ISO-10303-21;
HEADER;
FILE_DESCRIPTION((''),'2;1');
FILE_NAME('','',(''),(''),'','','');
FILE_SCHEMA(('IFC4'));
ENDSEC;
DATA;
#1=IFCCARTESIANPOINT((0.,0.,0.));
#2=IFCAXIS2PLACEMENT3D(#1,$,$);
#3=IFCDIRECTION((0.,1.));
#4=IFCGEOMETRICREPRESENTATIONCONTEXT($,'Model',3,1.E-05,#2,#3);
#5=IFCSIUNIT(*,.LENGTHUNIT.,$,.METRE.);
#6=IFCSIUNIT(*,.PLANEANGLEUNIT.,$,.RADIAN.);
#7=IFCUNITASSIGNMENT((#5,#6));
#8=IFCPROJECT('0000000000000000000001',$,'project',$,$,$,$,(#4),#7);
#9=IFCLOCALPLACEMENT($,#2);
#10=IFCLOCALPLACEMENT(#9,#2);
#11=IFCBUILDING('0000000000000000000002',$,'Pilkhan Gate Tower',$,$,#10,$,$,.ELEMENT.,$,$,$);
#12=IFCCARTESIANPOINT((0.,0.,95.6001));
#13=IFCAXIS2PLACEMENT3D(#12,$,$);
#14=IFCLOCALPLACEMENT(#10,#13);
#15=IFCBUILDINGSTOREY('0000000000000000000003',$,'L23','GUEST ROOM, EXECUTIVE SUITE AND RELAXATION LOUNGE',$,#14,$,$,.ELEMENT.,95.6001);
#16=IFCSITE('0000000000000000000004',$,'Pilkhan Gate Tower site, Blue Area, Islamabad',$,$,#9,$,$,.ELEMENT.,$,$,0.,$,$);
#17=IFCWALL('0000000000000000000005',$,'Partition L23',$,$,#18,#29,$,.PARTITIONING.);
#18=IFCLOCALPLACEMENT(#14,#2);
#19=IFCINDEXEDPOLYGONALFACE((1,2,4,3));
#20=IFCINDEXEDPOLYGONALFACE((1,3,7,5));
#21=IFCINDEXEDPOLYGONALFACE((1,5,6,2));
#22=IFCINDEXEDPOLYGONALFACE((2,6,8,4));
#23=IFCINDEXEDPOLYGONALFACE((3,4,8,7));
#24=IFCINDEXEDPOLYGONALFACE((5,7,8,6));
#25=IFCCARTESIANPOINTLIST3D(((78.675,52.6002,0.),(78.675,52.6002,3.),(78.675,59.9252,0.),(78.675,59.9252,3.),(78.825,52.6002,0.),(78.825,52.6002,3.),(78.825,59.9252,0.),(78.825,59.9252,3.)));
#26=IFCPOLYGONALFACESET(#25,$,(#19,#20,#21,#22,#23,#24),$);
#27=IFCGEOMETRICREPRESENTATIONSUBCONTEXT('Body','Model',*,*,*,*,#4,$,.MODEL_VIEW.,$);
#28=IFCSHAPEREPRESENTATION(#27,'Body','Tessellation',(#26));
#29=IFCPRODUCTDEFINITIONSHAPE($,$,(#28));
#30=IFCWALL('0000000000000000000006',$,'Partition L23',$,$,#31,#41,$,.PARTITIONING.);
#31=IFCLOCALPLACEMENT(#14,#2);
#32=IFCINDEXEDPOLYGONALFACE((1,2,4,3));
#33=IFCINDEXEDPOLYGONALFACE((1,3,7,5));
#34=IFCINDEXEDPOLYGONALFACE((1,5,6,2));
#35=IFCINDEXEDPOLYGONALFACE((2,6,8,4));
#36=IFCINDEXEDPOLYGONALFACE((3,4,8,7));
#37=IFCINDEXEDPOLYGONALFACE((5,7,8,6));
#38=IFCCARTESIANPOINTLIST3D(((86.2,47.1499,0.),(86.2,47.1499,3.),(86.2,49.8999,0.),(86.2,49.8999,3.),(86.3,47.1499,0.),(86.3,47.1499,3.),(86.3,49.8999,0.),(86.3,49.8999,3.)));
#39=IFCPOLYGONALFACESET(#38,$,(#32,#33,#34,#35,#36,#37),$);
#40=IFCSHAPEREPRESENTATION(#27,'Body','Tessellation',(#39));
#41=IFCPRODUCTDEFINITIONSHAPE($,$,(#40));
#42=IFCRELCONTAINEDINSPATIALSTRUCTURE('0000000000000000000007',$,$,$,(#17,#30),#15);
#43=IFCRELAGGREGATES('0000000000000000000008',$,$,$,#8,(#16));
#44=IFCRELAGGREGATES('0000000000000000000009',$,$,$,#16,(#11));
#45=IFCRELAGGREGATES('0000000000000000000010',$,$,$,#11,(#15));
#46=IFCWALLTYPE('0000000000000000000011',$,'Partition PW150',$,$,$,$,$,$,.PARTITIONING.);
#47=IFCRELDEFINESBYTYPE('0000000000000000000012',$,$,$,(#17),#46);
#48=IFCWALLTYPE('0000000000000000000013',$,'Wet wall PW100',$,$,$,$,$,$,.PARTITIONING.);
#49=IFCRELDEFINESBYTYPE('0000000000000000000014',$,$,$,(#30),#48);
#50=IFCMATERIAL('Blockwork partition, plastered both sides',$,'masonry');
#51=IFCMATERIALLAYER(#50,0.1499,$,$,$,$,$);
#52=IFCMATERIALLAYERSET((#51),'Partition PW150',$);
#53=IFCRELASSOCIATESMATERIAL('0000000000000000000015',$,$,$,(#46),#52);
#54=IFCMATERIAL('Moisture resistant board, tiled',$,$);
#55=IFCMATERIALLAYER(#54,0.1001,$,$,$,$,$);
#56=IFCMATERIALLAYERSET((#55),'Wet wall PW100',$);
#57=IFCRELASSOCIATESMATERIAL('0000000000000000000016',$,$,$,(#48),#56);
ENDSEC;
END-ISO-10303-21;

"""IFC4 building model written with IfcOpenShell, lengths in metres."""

from ifc_helpers import new_model, si_unit, direction, frame, frame_2d, origin, place, context, subcontext, project, spatial, rectangle, extrude, material, layer, layer_set, type_object, element, save


model = new_model("IFC4")

# Units and contexts
model_context = context("Model", 3, precision=1e-05, world=origin(), true_north=direction((0.0, 1.0)))
body_context = subcontext(model_context, "Body", "Model", "MODEL_VIEW")
ifc_project = project(units=[si_unit("LENGTHUNIT", "METRE"), si_unit("PLANEANGLEUNIT", "RADIAN")], contexts=[model_context])

# Site, building, storey
site_placement = place(None, origin())
site = spatial("IfcSite", under=ifc_project, at=site_placement, Name="Pilkhan Gate Tower site, Blue Area, Islamabad", CompositionType="ELEMENT", RefElevation=0.0)
building_placement = place(site_placement, origin())
building = spatial("IfcBuilding", under=site, at=building_placement, Name="Pilkhan Gate Tower", CompositionType="ELEMENT")
storey_placement = place(building_placement, frame((0.0, 0.0, 95.6001)))
storey = spatial("IfcBuildingStorey", under=building, at=storey_placement, Name="L23", Description="GUEST ROOM, EXECUTIVE SUITE AND RELAXATION LOUNGE", CompositionType="ELEMENT", Elevation=95.6001)

# Walls
ifc_material_1 = material(Name="Blockwork partition, plastered both sides", Category="masonry")
ifc_layer_1 = layer(ifc_material_1, 0.1499)
ifc_layer_set_1 = layer_set([ifc_layer_1], Name="Partition PW150")
wall_type_1 = type_object("IfcWallType", Name="Partition PW150", PredefinedType="PARTITIONING", material=ifc_layer_set_1)
wall_1_placement = place(storey_placement, frame((78.75, 52.6001, 0.0), z_axis=(0.0, 0.0, 1.0), x_axis=(0.0, 1.0, 0.0)))
element("IfcWall", 1, at=wall_1_placement, inside=storey, type_object=wall_type_1, Name="Partition L23", PredefinedType="PARTITIONING", context=body_context, shape_type="SweptSolid", body=[
    extrude(rectangle(XDim=7.325, YDim=0.1499, at=frame_2d((3.6626, 0.0))), origin(), (0.0, 0.0, 1.0), 3.0),
])
ifc_material_2 = material(Name="Moisture resistant board, tiled")
ifc_layer_2 = layer(ifc_material_2, 0.1001)
ifc_layer_set_2 = layer_set([ifc_layer_2], Name="Wet wall PW100")
wall_type_2 = type_object("IfcWallType", Name="Wet wall PW100", PredefinedType="PARTITIONING", material=ifc_layer_set_2)
wall_2_placement = place(storey_placement, frame((86.25, 47.1499, 0.0), z_axis=(0.0, 0.0, 1.0), x_axis=(0.0, 1.0, 0.0)))
element("IfcWall", 2, at=wall_2_placement, inside=storey, type_object=wall_type_2, Name="Partition L23", PredefinedType="PARTITIONING", context=body_context, shape_type="SweptSolid", body=[
    extrude(rectangle(XDim=2.75, YDim=0.1001, at=frame_2d((1.375, 0.0))), origin(), (0.0, 0.0, 1.0), 3.0),
])

save(model, "model.ifc")
